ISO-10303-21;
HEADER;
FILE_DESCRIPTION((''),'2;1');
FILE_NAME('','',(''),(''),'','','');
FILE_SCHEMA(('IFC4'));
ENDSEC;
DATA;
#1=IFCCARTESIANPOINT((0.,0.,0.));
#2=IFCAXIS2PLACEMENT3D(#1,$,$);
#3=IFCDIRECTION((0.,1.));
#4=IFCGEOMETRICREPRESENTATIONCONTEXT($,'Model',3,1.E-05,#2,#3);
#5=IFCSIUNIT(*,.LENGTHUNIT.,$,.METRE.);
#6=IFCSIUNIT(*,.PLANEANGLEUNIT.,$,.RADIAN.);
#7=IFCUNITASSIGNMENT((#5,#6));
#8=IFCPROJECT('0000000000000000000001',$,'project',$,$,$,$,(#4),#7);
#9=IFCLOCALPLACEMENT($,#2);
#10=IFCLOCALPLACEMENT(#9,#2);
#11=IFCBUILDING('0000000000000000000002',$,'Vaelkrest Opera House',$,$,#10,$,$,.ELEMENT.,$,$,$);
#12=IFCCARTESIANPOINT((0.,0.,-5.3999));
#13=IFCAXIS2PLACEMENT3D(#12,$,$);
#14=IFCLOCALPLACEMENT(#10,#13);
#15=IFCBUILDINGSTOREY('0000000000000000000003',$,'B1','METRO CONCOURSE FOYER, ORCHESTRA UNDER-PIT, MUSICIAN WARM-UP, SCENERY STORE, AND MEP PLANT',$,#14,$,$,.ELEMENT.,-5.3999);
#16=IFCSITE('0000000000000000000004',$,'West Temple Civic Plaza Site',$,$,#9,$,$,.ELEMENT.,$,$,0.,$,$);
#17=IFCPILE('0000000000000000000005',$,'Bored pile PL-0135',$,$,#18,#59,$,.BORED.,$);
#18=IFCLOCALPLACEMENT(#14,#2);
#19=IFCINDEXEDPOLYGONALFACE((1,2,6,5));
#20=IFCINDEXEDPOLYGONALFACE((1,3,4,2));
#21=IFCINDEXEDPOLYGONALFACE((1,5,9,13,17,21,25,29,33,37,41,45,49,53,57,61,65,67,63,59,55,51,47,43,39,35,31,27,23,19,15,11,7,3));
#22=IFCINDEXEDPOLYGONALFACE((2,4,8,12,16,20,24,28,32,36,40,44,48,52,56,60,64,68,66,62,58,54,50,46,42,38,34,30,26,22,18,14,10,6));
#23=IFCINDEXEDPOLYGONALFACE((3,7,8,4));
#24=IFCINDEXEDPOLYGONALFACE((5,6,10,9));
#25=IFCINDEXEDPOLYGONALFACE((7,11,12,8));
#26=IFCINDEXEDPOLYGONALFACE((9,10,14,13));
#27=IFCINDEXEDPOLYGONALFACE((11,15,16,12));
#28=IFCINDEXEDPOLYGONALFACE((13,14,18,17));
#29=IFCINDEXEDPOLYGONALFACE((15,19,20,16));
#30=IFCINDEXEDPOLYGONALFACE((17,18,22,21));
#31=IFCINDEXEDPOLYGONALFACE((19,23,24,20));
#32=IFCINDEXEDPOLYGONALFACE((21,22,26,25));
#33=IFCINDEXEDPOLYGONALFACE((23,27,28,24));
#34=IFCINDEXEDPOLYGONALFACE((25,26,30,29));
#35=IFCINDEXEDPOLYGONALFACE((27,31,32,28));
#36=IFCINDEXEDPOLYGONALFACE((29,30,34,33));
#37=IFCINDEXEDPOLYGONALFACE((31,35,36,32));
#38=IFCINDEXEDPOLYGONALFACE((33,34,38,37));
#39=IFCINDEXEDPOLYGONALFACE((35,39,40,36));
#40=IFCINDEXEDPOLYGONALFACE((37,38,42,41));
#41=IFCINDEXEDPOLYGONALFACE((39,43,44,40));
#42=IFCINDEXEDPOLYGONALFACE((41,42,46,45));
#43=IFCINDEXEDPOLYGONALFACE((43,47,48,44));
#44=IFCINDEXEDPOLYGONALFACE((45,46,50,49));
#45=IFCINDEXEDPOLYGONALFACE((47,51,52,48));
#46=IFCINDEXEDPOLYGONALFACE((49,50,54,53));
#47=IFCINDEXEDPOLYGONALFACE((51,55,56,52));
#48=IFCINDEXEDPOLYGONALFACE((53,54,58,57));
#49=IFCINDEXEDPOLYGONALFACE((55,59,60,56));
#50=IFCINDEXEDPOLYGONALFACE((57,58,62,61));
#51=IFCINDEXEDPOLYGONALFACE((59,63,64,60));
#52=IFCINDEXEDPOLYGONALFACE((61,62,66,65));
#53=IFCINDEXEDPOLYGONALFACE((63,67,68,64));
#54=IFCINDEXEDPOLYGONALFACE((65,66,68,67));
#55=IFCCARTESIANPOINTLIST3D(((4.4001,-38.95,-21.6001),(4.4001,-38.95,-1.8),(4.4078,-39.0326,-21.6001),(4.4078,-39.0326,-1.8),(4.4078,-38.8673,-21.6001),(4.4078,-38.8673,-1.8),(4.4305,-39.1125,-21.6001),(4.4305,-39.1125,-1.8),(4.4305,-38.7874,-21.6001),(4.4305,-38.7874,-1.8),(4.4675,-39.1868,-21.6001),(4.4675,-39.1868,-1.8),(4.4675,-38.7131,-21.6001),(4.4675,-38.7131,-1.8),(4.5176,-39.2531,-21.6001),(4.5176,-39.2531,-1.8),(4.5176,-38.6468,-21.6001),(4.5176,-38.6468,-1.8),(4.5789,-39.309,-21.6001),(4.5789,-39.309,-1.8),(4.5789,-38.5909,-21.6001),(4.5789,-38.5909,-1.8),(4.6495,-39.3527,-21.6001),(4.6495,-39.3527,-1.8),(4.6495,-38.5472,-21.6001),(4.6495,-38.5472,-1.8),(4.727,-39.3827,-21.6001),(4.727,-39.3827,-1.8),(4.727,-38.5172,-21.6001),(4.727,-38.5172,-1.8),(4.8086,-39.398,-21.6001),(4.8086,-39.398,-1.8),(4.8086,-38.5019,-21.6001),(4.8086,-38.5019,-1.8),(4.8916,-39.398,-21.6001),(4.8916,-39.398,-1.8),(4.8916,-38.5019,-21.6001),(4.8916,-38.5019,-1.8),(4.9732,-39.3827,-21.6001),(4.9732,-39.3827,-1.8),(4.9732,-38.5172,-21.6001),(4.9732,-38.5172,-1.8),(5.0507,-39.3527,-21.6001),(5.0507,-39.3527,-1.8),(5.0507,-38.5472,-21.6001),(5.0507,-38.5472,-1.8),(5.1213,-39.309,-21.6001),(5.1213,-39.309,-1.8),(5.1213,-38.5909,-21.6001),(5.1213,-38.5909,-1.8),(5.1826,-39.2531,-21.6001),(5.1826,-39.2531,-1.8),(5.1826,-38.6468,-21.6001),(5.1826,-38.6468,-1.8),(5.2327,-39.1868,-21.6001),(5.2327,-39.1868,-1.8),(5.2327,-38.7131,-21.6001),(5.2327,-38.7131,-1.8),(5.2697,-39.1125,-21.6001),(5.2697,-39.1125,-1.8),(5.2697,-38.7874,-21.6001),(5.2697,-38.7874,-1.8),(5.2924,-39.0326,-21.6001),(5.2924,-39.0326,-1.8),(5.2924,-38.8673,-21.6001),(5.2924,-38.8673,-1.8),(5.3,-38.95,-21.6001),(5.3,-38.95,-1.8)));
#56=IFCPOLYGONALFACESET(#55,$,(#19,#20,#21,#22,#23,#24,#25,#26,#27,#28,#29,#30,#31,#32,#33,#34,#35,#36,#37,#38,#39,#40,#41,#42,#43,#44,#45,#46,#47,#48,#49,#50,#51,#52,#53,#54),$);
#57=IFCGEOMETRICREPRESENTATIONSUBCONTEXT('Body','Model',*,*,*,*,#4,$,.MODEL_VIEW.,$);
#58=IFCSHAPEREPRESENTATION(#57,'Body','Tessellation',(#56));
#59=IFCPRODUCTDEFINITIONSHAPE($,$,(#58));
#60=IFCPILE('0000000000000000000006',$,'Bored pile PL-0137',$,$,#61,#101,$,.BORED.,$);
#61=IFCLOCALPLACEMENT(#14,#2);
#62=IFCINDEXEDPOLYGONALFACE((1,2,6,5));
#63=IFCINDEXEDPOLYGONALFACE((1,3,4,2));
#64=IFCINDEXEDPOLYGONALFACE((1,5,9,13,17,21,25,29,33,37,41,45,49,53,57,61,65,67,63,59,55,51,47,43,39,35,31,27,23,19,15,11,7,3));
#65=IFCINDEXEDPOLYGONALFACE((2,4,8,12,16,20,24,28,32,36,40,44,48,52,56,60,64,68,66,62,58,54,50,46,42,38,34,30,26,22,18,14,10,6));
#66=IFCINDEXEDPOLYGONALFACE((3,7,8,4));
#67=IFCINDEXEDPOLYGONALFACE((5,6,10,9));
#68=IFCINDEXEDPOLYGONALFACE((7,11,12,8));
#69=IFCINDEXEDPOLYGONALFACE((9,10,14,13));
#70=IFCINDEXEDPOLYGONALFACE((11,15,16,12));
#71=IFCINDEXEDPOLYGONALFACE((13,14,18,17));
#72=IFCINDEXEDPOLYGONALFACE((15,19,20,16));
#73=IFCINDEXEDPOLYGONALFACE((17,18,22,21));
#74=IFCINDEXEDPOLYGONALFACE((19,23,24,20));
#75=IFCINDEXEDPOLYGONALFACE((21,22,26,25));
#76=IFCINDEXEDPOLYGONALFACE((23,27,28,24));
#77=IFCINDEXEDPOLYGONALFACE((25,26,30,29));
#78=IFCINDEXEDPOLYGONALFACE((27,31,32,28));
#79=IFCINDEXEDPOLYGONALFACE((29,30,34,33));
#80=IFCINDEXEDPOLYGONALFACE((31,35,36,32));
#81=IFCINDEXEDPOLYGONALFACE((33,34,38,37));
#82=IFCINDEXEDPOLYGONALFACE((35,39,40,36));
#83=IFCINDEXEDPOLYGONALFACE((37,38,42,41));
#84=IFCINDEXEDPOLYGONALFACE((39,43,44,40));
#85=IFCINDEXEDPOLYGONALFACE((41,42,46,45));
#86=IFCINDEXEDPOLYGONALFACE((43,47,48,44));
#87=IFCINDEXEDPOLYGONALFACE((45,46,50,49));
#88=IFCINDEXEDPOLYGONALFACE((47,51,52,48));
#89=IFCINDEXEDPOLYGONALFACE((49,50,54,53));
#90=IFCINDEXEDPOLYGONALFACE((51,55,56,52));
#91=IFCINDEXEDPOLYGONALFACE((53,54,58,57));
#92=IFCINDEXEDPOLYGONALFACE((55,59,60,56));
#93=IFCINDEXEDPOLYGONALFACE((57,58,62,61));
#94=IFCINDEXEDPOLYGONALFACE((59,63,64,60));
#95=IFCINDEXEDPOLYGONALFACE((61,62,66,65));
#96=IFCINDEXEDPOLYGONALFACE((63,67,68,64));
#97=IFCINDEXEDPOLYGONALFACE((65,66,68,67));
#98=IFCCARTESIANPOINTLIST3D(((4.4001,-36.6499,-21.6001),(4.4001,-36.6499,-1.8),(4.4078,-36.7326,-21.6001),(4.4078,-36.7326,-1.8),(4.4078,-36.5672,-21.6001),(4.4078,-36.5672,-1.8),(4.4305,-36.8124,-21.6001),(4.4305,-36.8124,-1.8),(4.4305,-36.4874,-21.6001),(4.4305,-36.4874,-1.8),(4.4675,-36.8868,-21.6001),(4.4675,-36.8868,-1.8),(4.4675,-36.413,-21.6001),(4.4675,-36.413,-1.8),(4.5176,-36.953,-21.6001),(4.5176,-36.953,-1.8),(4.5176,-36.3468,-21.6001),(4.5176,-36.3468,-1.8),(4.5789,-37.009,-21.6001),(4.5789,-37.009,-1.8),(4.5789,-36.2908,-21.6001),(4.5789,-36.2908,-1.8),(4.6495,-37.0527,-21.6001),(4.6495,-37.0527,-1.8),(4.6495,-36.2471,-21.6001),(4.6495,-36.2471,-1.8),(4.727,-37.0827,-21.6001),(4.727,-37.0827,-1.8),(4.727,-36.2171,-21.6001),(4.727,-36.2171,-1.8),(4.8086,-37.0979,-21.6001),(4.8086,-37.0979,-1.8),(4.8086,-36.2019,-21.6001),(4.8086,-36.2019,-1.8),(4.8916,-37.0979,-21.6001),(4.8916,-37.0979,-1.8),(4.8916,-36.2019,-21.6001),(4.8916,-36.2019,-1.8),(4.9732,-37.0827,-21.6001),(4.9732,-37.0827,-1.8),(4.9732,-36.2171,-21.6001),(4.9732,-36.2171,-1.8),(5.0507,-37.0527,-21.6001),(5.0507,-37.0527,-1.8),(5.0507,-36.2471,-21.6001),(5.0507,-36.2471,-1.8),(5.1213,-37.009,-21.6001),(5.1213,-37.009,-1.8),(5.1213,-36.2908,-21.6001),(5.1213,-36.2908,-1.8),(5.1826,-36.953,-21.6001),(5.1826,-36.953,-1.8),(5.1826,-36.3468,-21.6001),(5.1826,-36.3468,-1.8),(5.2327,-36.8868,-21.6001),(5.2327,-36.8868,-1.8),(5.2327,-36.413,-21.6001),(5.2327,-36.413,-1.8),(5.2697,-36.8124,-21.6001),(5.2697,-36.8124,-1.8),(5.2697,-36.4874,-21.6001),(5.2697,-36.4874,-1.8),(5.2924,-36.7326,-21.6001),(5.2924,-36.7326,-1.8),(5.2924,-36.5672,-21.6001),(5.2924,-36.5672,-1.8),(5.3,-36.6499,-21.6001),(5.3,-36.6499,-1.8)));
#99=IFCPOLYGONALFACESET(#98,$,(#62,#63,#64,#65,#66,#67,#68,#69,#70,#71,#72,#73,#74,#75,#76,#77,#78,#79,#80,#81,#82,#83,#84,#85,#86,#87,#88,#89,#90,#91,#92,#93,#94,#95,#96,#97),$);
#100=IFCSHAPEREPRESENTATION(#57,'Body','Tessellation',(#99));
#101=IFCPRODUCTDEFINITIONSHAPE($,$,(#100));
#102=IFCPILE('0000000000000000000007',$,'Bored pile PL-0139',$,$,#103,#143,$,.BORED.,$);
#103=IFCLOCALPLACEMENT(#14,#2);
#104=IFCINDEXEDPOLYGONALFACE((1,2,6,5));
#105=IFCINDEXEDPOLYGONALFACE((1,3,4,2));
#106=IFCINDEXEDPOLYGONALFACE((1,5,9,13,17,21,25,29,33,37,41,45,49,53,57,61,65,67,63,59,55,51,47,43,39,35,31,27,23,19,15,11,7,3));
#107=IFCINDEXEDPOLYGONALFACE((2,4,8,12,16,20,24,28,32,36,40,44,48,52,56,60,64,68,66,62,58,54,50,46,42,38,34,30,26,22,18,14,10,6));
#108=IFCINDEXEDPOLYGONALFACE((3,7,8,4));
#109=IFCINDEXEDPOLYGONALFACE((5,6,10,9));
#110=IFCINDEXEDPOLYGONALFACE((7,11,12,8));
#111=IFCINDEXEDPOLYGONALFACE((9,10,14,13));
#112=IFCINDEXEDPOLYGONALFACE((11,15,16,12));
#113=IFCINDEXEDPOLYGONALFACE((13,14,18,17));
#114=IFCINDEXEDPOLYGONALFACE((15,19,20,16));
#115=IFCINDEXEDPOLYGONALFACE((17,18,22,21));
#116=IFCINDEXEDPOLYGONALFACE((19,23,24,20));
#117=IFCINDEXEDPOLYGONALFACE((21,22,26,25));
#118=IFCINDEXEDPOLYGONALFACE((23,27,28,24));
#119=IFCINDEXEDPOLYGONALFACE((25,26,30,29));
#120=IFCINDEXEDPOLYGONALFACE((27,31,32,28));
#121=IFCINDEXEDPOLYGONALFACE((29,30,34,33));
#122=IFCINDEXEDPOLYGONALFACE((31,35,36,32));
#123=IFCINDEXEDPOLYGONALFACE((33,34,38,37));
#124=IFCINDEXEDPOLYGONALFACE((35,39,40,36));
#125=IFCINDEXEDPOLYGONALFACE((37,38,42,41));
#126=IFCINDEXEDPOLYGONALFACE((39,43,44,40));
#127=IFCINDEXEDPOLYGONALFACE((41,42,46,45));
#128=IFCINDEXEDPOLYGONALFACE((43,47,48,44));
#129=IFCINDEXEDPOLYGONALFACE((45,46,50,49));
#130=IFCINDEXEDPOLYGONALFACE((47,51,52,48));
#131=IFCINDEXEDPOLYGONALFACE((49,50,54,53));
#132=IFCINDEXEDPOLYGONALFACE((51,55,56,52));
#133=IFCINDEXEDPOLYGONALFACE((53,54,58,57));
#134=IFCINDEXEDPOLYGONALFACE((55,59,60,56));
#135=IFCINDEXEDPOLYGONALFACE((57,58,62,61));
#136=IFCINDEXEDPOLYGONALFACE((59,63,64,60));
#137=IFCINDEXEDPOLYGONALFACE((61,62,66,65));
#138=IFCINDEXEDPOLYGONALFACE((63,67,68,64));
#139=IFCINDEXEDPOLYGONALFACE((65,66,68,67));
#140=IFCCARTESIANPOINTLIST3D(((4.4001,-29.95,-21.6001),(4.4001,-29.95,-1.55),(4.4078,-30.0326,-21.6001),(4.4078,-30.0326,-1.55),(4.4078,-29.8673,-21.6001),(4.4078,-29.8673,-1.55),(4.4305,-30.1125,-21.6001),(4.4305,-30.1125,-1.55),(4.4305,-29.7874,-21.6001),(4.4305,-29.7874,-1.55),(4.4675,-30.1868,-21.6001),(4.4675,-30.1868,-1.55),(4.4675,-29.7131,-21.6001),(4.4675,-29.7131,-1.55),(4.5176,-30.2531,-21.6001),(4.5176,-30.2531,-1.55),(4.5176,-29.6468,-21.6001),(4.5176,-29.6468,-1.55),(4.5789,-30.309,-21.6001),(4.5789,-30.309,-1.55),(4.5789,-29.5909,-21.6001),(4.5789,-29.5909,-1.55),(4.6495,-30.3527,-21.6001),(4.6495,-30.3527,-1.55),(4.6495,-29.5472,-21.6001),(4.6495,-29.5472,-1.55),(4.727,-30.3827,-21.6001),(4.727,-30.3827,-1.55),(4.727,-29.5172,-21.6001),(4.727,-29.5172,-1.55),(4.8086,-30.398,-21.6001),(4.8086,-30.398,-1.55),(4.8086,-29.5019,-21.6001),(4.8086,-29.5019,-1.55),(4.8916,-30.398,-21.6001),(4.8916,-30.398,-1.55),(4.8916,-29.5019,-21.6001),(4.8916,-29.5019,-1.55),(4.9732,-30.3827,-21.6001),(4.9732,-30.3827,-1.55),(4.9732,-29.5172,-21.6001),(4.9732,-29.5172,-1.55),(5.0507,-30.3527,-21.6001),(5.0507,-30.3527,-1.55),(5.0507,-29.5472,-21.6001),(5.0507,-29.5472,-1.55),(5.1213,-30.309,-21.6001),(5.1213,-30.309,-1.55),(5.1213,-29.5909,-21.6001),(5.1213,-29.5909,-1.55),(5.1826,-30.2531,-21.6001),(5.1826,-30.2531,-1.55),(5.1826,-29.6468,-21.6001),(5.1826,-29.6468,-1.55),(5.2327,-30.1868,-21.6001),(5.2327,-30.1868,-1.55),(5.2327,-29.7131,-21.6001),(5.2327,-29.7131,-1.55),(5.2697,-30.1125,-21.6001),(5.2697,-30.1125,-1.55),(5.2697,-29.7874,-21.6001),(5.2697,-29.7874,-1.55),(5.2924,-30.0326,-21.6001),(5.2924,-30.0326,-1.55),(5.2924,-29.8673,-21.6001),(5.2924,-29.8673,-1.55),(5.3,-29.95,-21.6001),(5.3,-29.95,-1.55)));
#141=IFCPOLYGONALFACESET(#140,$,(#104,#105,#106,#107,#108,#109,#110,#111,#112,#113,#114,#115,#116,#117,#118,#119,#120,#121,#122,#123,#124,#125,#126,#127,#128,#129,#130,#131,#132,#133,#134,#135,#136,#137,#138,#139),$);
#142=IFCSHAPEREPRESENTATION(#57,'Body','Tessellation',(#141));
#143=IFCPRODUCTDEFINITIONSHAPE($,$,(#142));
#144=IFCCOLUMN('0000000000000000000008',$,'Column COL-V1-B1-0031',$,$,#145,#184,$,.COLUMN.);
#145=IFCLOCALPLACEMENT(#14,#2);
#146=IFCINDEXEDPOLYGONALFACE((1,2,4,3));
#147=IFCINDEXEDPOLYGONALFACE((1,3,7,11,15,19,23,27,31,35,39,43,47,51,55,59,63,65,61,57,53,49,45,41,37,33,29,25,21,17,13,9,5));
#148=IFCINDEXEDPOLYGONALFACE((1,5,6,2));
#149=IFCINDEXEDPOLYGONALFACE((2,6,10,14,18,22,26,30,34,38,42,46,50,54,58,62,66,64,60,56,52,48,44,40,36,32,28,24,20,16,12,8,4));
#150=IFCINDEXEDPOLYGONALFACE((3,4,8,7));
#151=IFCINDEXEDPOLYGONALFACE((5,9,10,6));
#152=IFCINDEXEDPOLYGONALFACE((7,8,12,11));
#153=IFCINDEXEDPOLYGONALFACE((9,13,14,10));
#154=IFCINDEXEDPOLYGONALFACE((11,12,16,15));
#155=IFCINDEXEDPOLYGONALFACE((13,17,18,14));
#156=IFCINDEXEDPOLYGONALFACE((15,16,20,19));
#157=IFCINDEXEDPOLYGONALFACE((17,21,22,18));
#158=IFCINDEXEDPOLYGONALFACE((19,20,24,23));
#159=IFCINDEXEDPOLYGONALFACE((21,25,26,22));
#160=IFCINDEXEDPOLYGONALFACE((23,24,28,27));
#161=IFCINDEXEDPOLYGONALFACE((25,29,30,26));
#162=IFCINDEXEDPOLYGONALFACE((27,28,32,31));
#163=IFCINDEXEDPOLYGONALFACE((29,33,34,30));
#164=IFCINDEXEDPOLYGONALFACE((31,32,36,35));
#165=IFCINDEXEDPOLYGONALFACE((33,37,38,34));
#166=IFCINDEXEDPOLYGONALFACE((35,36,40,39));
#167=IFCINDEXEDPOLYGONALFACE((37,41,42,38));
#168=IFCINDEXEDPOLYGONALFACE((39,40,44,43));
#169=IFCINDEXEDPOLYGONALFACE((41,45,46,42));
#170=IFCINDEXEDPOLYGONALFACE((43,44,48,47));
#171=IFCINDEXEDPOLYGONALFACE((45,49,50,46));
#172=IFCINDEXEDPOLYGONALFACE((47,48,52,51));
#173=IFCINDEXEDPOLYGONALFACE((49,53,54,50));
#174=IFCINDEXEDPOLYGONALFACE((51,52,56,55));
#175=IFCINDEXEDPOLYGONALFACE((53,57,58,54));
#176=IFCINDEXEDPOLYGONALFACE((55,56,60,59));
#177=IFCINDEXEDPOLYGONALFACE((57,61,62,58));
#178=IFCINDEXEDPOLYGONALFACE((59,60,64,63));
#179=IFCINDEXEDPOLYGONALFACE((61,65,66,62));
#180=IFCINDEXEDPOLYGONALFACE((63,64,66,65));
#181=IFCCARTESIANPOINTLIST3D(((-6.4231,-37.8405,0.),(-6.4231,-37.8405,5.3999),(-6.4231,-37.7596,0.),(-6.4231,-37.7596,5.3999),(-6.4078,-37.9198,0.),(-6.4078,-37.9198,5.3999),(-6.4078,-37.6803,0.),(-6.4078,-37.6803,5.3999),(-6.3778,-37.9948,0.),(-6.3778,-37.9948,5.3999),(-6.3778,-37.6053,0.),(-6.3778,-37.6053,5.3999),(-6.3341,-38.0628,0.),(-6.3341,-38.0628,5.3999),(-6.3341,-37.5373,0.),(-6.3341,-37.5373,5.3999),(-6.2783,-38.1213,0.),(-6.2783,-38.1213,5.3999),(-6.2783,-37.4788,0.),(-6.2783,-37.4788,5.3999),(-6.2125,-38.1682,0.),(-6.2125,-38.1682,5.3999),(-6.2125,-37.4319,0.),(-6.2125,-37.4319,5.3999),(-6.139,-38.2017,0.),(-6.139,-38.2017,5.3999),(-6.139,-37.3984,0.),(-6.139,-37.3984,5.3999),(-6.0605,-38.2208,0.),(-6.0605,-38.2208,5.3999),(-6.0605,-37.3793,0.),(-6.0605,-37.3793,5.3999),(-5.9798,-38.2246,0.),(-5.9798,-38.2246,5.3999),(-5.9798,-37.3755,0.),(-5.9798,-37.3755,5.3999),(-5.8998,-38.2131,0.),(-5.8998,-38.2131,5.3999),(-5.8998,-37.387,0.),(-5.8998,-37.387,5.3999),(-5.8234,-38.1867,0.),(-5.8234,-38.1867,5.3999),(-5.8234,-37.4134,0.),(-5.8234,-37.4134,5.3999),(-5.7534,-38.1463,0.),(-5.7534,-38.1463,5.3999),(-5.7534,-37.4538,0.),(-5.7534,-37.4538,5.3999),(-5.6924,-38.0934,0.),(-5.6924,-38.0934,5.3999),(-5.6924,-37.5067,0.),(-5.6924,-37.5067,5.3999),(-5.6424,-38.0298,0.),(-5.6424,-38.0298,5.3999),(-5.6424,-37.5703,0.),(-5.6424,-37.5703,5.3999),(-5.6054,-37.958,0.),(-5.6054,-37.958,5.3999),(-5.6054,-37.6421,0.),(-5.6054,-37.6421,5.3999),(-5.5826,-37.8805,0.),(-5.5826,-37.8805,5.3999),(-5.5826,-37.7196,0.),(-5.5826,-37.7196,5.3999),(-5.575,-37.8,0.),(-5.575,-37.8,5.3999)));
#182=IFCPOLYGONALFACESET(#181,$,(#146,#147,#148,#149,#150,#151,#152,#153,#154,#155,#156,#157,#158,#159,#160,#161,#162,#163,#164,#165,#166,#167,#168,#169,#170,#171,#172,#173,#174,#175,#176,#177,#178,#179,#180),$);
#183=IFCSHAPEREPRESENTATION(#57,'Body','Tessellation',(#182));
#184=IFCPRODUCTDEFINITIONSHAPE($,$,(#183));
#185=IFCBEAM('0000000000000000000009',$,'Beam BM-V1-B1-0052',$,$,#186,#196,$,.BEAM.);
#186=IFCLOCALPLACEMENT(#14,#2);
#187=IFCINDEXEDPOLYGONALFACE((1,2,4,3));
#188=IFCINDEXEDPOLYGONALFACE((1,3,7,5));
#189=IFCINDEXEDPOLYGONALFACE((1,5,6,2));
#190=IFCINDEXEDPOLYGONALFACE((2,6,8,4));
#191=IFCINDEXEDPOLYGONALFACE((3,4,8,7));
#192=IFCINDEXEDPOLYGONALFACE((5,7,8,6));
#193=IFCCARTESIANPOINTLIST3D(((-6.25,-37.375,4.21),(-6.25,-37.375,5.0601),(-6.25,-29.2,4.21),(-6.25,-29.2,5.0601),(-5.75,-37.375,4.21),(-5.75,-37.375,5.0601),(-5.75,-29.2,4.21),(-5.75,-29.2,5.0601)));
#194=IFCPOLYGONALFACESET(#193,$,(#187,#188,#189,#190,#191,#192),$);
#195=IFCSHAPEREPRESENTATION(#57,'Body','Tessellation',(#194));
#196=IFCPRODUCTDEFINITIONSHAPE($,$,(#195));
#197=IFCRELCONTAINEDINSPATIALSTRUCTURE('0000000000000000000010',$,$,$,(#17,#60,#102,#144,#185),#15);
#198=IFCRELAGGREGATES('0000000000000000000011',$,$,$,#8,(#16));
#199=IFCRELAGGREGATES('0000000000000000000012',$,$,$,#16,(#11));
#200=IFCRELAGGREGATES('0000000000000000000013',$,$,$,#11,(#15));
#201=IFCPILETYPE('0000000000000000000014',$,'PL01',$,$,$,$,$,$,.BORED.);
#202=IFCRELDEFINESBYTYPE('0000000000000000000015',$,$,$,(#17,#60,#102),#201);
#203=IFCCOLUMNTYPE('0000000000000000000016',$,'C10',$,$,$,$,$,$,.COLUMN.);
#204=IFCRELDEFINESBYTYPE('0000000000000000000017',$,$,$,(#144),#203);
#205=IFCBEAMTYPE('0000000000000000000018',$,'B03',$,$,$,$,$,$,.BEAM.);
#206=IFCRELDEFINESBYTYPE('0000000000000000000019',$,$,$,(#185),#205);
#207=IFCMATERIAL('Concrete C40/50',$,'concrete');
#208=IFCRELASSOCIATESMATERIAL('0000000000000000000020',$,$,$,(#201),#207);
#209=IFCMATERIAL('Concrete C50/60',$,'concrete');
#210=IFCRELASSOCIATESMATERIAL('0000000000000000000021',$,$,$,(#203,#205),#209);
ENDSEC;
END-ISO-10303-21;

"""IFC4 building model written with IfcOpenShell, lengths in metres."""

from ifc_helpers import new_model, si_unit, direction, frame, origin, origin_2d, place, context, subcontext, project, spatial, rectangle, circle, extrude, material, material_profile, profile_set, type_object, element, save


model = new_model("IFC4")

# Units and contexts
model_context = context("Model", 3, precision=1e-05, world=origin(), true_north=direction((0.0, 1.0)))
body_context = subcontext(model_context, "Body", "Model", "MODEL_VIEW")
ifc_project = project(units=[si_unit("LENGTHUNIT", "METRE"), si_unit("PLANEANGLEUNIT", "RADIAN")], contexts=[model_context])

# Site, building, storey
site_placement = place(None, origin())
site = spatial("IfcSite", under=ifc_project, at=site_placement, Name="West Temple Civic Plaza Site", CompositionType="ELEMENT", RefElevation=0.0)
building_placement = place(site_placement, origin())
building = spatial("IfcBuilding", under=site, at=building_placement, Name="Vaelkrest Opera House", CompositionType="ELEMENT")
storey_placement = place(building_placement, frame((0.0, 0.0, -5.3999)))
storey = spatial("IfcBuildingStorey", under=building, at=storey_placement, Name="B1", Description="METRO CONCOURSE FOYER, ORCHESTRA UNDER-PIT, MUSICIAN WARM-UP, SCENERY STORE, AND MEP PLANT", CompositionType="ELEMENT", Elevation=-5.3999)

# Shared definitions
ifc_material_1 = material(Name="Concrete C40/50", Category="concrete")

# Piles
ifc_material_profile_1 = material_profile(ifc_material_1, circle(Radius=0.45, at=origin_2d()), Name="PILE900")
ifc_profile_set_1 = profile_set([ifc_material_profile_1], Name="Concrete C40/50")
pile_type = type_object("IfcPileType", Name="PL01", PredefinedType="BORED", material=ifc_profile_set_1)
for number, where, z_axis, x_axis, name in (
    (1, (4.8501, -38.95, -1.8), (0.0, 0.0, -1.0), (1.0, 0.0, 0.0), "Bored pile PL-0135"),
    (2, (4.8501, -36.6499, -1.8), (0.0, 0.0, -1.0), (1.0, 0.0, 0.0), "Bored pile PL-0137"),
):
    element("IfcPile", number, at=place(storey_placement, frame(where, z_axis=z_axis, x_axis=x_axis)), inside=storey, type_object=pile_type, Name=name, PredefinedType="BORED", context=body_context, shape_type="SweptSolid", body=[
        extrude(circle(Radius=0.45, at=origin_2d()), origin(), (0.0, 0.0, 1.0), 19.8),
    ])
pile_1_placement = place(storey_placement, frame((4.8501, -29.95, -1.55), z_axis=(0.0, 0.0, -1.0), x_axis=(1.0, 0.0, 0.0)))
element("IfcPile", 3, at=pile_1_placement, inside=storey, type_object=pile_type, Name="Bored pile PL-0139", PredefinedType="BORED", context=body_context, shape_type="SweptSolid", body=[
    extrude(circle(Radius=0.45, at=origin_2d()), origin(), (0.0, 0.0, 1.0), 20.05),
])

# Column
ifc_material_2 = material(Name="Concrete C50/60", Category="concrete")
ifc_material_profile_2 = material_profile(ifc_material_2, circle(Radius=0.425, at=origin_2d()), Name="RCD850")
ifc_profile_set_2 = profile_set([ifc_material_profile_2], Name="Concrete C50/60")
column_type = type_object("IfcColumnType", Name="C10", PredefinedType="COLUMN", material=ifc_profile_set_2)
column_placement = place(storey_placement, frame((-6.0, -37.8, 0.0), z_axis=(0.0, 0.0, 1.0), x_axis=(1.0, 0.0, 0.0)))
element("IfcColumn", 4, at=column_placement, inside=storey, type_object=column_type, Name="Column COL-V1-B1-0031", PredefinedType="COLUMN", context=body_context, shape_type="SweptSolid", body=[
    extrude(circle(Radius=0.425, at=origin_2d()), origin(), (0.0, 0.0, 1.0), 5.3999),
])

# Beam
ifc_material_profile_3 = material_profile(ifc_material_2, rectangle(XDim=0.5, YDim=0.8501, at=origin_2d()), Name="RCB500X850")
ifc_profile_set_3 = profile_set([ifc_material_profile_3], Name="Concrete C50/60")
beam_type_1 = type_object("IfcBeamType", Name="B03", PredefinedType="BEAM", material=ifc_profile_set_3)
beam_1_placement = place(storey_placement, frame((-6.0, -37.375, 4.635), z_axis=(0.0, 1.0, 0.0), x_axis=(-1.0, 0.0, 0.0)))
element("IfcBeam", 5, at=beam_1_placement, inside=storey, type_object=beam_type_1, Name="Beam BM-V1-B1-0052", PredefinedType="BEAM", context=body_context, shape_type="SweptSolid", body=[
    extrude(rectangle(XDim=0.5, YDim=0.8501, at=origin_2d()), origin(), (0.0, 0.0, 1.0), 8.175),
])

save(model, "model.ifc")
